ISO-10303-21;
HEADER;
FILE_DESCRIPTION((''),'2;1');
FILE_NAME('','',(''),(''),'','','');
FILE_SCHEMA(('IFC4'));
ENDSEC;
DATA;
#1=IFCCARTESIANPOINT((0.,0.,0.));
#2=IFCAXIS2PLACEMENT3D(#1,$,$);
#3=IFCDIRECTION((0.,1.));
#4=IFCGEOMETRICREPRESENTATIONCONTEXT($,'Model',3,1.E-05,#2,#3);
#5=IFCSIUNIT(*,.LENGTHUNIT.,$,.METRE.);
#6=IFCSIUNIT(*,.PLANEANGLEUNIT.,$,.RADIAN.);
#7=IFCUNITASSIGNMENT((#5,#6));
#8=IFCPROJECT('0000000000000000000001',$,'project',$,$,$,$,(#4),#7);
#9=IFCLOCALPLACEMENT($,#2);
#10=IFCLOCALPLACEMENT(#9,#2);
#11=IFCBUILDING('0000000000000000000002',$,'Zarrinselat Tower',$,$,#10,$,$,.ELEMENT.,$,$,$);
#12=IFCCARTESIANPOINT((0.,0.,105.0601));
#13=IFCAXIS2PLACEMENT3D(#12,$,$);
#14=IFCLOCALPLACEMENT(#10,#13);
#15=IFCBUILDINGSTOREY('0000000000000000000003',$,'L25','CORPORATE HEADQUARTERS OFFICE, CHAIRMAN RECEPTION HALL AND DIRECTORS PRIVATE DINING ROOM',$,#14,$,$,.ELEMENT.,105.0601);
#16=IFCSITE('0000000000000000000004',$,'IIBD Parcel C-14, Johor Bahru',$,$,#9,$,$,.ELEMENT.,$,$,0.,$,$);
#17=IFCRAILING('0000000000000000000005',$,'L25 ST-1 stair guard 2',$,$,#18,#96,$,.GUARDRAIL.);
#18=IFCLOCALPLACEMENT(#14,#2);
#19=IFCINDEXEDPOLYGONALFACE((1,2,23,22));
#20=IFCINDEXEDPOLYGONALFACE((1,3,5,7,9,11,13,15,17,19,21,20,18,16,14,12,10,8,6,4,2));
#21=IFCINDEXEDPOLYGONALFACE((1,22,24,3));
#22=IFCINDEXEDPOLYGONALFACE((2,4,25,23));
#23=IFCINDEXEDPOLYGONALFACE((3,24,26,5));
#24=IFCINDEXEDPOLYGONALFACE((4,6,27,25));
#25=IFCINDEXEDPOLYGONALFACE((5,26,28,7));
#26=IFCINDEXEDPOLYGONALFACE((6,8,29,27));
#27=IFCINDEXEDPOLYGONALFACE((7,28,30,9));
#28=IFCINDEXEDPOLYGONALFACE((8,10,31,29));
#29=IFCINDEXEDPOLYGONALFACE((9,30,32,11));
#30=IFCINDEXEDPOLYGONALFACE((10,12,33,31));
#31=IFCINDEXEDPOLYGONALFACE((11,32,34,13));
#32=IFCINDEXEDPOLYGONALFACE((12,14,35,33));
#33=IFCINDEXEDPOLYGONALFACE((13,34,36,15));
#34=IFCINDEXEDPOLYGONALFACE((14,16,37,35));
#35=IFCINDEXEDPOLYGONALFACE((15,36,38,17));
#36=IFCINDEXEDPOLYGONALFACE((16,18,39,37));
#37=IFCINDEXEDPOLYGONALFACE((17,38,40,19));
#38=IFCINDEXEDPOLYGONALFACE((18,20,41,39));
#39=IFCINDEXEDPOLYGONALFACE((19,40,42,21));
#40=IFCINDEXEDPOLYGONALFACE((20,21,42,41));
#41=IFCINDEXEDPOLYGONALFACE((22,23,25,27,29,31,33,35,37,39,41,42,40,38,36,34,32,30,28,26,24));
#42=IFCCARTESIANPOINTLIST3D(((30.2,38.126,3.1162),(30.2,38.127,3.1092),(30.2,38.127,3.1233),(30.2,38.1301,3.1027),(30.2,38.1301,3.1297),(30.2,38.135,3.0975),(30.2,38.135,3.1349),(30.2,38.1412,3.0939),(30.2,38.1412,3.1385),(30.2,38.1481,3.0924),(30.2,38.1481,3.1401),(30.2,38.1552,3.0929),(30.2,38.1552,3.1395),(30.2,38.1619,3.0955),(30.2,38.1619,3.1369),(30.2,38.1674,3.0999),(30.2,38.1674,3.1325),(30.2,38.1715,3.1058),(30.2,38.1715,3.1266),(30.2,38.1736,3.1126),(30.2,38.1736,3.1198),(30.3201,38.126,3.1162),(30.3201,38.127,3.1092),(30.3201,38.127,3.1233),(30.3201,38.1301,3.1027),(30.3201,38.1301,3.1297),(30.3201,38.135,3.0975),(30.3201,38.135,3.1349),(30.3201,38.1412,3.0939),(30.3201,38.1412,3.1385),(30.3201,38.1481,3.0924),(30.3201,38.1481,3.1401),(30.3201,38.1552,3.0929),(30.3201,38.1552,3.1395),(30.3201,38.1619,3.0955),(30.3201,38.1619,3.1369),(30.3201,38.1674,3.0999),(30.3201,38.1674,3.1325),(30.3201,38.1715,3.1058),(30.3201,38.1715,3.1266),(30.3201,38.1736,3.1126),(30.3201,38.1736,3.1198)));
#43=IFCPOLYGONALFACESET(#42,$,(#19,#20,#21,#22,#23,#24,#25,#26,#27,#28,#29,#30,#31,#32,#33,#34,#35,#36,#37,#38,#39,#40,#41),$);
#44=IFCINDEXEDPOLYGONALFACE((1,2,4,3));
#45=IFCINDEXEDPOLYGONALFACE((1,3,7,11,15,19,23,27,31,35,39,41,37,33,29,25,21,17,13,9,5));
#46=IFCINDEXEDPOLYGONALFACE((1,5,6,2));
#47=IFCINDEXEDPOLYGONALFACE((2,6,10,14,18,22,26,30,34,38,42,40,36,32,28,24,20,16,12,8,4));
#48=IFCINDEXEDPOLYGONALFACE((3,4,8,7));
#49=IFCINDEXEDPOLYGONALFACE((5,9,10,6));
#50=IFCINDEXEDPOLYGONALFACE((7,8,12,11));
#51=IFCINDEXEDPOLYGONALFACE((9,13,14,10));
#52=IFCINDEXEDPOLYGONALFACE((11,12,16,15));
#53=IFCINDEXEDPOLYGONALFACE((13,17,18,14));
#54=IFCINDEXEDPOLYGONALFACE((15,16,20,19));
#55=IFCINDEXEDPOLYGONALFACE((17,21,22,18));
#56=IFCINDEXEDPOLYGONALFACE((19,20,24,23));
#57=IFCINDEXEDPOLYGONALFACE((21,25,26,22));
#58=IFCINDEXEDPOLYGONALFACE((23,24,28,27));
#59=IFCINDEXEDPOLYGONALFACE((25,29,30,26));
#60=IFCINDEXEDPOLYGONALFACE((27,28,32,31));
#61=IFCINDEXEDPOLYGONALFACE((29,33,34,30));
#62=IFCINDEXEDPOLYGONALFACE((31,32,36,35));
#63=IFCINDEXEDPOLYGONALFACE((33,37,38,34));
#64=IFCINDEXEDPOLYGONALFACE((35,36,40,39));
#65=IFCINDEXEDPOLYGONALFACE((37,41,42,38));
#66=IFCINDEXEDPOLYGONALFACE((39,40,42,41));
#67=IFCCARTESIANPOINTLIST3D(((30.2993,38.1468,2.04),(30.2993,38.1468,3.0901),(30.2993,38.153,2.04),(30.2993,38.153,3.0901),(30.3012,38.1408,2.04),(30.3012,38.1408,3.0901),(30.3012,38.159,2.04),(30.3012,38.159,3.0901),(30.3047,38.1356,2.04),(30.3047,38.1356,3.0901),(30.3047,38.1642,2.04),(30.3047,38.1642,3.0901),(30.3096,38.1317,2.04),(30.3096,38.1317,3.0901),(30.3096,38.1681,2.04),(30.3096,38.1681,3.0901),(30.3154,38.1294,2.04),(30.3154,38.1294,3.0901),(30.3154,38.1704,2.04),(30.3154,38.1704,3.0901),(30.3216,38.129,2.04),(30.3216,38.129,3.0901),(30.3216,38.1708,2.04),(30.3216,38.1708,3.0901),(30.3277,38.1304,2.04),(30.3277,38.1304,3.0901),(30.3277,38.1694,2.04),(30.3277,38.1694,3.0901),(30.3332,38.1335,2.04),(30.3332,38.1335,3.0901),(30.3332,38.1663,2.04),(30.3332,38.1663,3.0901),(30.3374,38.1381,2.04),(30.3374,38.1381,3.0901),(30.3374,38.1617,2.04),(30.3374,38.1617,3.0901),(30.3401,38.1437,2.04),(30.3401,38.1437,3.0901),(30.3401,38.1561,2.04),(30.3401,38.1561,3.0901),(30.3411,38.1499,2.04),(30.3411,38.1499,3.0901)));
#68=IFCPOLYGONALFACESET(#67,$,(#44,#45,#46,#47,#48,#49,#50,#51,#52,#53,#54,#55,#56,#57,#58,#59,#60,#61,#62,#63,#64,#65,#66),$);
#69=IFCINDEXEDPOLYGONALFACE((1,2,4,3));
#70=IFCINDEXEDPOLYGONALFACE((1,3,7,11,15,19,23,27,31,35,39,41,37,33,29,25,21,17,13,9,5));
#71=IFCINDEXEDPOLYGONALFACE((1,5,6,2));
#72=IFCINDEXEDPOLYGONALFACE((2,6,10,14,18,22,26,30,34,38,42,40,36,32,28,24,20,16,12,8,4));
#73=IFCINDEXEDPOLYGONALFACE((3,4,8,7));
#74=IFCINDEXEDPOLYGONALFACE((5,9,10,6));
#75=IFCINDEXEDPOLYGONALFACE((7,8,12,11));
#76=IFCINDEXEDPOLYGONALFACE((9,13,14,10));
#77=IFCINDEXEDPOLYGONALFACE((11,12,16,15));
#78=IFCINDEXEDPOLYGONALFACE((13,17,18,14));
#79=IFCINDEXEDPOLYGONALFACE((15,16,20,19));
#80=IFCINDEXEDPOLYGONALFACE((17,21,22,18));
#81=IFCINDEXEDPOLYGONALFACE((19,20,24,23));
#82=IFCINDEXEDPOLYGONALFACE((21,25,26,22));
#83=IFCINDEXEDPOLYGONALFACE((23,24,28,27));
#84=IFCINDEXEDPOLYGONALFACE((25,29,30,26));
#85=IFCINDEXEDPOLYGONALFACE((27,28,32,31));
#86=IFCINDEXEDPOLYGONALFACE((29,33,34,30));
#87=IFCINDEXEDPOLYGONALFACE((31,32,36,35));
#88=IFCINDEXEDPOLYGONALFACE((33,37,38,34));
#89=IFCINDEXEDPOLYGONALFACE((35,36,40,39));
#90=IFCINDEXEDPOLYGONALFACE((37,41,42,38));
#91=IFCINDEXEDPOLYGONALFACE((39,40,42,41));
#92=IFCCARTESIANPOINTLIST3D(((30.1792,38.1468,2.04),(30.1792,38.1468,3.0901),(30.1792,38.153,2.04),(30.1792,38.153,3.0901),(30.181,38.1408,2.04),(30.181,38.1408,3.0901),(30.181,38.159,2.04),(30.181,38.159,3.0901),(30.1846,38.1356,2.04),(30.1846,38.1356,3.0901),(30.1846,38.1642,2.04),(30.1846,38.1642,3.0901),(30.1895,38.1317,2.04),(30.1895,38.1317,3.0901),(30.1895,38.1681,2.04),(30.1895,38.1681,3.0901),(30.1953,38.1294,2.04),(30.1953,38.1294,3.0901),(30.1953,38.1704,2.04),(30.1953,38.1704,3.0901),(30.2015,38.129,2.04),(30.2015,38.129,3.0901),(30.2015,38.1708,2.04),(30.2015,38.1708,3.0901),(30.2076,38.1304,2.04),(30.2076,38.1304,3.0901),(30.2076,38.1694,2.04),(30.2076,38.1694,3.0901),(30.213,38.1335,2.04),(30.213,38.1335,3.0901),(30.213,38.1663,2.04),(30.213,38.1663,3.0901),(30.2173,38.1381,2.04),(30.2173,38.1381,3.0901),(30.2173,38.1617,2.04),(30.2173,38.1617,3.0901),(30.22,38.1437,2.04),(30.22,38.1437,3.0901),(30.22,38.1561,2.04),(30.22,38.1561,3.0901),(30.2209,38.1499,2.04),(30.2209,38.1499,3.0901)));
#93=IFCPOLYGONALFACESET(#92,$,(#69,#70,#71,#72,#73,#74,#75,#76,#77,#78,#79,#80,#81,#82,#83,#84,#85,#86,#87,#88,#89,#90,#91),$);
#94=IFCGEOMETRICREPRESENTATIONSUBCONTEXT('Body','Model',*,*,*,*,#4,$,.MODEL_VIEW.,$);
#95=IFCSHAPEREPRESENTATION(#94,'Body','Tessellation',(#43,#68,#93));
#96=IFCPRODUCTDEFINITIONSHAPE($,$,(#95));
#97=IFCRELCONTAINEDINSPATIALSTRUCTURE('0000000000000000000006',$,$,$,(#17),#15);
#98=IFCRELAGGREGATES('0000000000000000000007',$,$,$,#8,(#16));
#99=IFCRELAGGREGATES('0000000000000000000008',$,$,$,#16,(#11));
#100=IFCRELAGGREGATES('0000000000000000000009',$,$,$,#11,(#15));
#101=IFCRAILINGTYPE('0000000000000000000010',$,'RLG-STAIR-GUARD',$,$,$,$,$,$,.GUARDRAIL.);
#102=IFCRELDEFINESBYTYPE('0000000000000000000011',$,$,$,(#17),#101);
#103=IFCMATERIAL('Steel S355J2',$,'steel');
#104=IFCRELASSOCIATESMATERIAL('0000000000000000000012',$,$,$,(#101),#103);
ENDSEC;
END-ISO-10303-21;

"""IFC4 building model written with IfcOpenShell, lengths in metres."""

from ifc_helpers import new_model, si_unit, direction, frame, origin, origin_2d, place, context, subcontext, project, spatial, circle, extrude, material, type_object, element, save


model = new_model("IFC4")

# Units and contexts
model_context = context("Model", 3, precision=1e-05, world=origin(), true_north=direction((0.0, 1.0)))
body_context = subcontext(model_context, "Body", "Model", "MODEL_VIEW")
ifc_project = project(units=[si_unit("LENGTHUNIT", "METRE"), si_unit("PLANEANGLEUNIT", "RADIAN")], contexts=[model_context])

# Site, building, storey
site_placement = place(None, origin())
site = spatial("IfcSite", under=ifc_project, at=site_placement, Name="IIBD Parcel C-14, Johor Bahru", CompositionType="ELEMENT", RefElevation=0.0)
building_placement = place(site_placement, origin())
building = spatial("IfcBuilding", under=site, at=building_placement, Name="Zarrinselat Tower", CompositionType="ELEMENT")
storey_placement = place(building_placement, frame((0.0, 0.0, 105.0601)))
storey = spatial("IfcBuildingStorey", under=building, at=storey_placement, Name="L25", Description="CORPORATE HEADQUARTERS OFFICE, CHAIRMAN RECEPTION HALL AND DIRECTORS PRIVATE DINING ROOM", CompositionType="ELEMENT", Elevation=105.0601)

# Railing
ifc_material_1 = material(Name="Steel S355J2", Category="steel")
railing_type_1 = type_object("IfcRailingType", Name="RLG-STAIR-GUARD", PredefinedType="GUARDRAIL", material=ifc_material_1)
railing_1_placement = place(storey_placement, frame((30.3201, 38.1499, 2.04)))
element("IfcRailing", 1, at=railing_1_placement, inside=storey, type_object=railing_type_1, Name="L25 ST-1 stair guard 2", PredefinedType="GUARDRAIL", context=body_context, shape_type="SweptSolid", body=[
    extrude(circle(Radius=0.0239, at=origin_2d()), frame((0.0, 0.0, 1.0762), z_axis=(-1.0, 0.0, 0.0), x_axis=(0.0, -1.0, 0.0)), (0.0, 0.0, 1.0), 0.1201),
    extrude(circle(Radius=0.021, at=origin_2d()), origin(), (0.0, 0.0, 1.0), 1.05),
    extrude(circle(Radius=0.021, at=origin_2d()), frame((-0.1201, 0.0, 0.0)), (0.0, 0.0, 1.0), 1.05),
])

save(model, "model.ifc")
